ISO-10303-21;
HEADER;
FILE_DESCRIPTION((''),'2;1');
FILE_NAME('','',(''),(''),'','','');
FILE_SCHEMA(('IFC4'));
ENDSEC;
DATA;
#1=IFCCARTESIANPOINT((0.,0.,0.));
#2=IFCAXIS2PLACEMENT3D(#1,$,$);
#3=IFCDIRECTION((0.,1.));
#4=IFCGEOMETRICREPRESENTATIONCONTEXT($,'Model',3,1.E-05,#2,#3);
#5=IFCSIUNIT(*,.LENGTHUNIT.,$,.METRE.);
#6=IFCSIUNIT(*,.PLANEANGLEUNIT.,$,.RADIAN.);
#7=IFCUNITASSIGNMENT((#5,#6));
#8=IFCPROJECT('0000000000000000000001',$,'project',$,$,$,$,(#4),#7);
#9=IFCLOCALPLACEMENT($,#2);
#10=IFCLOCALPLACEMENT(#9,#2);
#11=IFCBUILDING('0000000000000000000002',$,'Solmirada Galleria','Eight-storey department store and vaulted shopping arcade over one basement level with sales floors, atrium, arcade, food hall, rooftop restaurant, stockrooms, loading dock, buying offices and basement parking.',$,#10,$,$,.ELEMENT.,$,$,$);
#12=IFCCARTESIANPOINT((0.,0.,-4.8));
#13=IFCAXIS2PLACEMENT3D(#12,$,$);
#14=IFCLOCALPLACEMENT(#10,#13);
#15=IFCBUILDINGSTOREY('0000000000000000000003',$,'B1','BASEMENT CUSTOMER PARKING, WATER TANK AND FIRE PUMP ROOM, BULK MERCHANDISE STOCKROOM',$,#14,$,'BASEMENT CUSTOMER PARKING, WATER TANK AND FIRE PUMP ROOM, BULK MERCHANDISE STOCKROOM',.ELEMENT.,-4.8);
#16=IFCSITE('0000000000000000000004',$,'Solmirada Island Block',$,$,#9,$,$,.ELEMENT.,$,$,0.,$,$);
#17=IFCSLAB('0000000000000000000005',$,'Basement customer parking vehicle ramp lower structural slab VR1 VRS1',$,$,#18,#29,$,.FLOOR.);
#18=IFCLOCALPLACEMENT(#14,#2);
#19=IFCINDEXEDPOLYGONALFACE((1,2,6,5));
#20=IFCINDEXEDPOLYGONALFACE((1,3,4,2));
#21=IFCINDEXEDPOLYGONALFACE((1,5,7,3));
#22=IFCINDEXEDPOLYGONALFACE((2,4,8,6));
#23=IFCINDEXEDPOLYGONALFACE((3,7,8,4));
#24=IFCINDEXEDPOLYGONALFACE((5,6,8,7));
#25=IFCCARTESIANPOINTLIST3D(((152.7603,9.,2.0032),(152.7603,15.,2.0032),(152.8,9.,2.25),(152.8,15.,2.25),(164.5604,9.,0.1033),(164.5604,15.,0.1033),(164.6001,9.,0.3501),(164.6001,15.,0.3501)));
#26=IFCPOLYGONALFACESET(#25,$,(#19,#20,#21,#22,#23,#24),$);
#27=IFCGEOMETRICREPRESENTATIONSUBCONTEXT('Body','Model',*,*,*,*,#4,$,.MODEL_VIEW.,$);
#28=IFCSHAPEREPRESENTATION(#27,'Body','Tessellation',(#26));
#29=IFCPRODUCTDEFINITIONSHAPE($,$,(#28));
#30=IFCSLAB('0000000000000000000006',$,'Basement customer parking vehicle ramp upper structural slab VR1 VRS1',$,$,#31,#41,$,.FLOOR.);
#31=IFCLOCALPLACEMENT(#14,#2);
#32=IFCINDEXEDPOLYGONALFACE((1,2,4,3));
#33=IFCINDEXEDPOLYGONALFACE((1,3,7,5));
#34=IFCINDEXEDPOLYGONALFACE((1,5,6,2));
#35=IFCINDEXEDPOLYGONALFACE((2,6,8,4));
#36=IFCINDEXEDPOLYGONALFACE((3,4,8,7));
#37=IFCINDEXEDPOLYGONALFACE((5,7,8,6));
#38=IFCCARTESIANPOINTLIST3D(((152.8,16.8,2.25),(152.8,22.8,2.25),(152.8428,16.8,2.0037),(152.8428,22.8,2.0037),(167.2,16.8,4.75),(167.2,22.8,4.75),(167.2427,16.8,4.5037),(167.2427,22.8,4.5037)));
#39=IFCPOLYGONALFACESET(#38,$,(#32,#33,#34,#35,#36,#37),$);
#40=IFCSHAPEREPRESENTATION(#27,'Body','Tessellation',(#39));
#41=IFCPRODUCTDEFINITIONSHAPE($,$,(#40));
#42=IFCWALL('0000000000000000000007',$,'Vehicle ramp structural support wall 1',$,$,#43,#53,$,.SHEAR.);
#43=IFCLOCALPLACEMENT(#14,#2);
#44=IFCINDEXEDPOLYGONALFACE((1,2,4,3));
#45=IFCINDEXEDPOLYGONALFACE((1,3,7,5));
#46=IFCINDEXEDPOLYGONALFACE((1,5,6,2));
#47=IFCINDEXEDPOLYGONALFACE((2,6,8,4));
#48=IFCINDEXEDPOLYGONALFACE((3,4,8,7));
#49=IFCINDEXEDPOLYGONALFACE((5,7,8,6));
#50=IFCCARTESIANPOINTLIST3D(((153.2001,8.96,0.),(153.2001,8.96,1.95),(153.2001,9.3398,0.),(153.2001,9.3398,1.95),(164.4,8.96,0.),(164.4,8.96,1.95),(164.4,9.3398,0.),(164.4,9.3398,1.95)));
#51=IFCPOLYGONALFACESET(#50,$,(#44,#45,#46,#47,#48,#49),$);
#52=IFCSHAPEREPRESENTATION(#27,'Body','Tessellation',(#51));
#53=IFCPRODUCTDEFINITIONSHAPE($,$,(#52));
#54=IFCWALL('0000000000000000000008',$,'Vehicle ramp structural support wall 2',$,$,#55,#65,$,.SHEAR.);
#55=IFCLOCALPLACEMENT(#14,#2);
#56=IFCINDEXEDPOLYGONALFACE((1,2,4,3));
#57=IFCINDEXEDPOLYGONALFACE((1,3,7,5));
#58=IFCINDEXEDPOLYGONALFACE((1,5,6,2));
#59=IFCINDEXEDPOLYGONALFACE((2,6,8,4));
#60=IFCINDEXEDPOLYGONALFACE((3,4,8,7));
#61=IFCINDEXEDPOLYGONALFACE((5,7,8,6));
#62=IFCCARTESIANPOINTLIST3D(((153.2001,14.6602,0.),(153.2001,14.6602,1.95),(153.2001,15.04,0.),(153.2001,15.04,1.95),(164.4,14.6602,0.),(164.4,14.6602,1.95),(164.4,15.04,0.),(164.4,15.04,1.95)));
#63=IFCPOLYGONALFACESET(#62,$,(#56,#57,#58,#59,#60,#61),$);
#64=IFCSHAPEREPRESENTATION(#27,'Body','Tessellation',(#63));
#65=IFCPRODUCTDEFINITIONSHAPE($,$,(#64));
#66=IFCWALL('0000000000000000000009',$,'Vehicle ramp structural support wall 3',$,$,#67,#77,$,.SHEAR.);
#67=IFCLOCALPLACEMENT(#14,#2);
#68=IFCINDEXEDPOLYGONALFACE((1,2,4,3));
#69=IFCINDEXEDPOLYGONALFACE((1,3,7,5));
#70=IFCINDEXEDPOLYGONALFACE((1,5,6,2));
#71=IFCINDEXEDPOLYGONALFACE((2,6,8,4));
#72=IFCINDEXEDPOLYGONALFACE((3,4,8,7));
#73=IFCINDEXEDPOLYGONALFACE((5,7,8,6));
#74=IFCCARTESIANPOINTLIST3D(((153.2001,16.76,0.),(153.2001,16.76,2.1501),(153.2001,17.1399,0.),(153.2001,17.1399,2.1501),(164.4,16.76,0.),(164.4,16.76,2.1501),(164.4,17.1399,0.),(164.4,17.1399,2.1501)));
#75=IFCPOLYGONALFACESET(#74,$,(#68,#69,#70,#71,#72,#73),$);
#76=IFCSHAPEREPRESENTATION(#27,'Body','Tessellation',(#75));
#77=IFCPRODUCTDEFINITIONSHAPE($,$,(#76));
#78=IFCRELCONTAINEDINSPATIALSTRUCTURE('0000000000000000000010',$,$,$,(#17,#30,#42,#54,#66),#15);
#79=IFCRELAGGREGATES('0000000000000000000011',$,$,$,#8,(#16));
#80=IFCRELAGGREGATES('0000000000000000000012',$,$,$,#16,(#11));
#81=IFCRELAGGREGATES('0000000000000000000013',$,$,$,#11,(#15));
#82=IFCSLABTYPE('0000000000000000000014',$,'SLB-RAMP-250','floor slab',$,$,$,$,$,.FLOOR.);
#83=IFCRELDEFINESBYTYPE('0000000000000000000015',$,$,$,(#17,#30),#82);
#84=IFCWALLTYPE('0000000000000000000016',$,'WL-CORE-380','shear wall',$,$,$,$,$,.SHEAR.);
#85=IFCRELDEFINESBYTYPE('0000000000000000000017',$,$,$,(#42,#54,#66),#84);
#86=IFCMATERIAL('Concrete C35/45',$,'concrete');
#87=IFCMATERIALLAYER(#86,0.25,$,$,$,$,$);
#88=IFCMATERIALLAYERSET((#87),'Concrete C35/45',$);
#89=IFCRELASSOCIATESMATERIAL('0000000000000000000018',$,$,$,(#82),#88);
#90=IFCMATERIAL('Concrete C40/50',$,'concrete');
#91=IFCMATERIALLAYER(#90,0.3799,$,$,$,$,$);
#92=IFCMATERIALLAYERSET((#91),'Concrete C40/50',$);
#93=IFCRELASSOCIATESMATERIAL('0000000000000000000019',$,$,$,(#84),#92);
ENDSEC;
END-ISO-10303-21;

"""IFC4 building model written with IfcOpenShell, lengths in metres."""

from ifc_helpers import new_model, si_unit, direction, frame, frame_2d, origin, place, context, subcontext, project, spatial, polyline, rectangle, outline, extrude, material, layer, layer_set, type_object, element, save


model = new_model("IFC4")

# Units and contexts
model_context = context("Model", 3, precision=1e-05, world=origin(), true_north=direction((0.0, 1.0)))
body_context = subcontext(model_context, "Body", "Model", "MODEL_VIEW")
ifc_project = project(units=[si_unit("LENGTHUNIT", "METRE"), si_unit("PLANEANGLEUNIT", "RADIAN")], contexts=[model_context])

# Site, building, storey
site_placement = place(None, origin())
site = spatial("IfcSite", under=ifc_project, at=site_placement, Name="Solmirada Island Block", CompositionType="ELEMENT", RefElevation=0.0)
building_placement = place(site_placement, origin())
building = spatial("IfcBuilding", under=site, at=building_placement, Name="Solmirada Galleria", Description="Eight-storey department store and vaulted shopping arcade over one basement level with sales floors, atrium, arcade, food hall, rooftop restaurant, stockrooms, loading dock, buying offices and basement parking.", CompositionType="ELEMENT")
storey_placement = place(building_placement, frame((0.0, 0.0, -4.8)))
storey = spatial("IfcBuildingStorey", under=building, at=storey_placement, Name="B1", Description="BASEMENT CUSTOMER PARKING, WATER TANK AND FIRE PUMP ROOM, BULK MERCHANDISE STOCKROOM", LongName="BASEMENT CUSTOMER PARKING, WATER TANK AND FIRE PUMP ROOM, BULK MERCHANDISE STOCKROOM", CompositionType="ELEMENT", Elevation=-4.8)

# Shared definitions
ifc_material_1 = material(Name="Concrete C35/45", Category="concrete")

# Shared definitions
ifc_material_2 = material(Name="Concrete C40/50", Category="concrete")

# Slabs
ifc_layer_1 = layer(ifc_material_1, 0.25)
ifc_layer_set_1 = layer_set([ifc_layer_1], Name="Concrete C35/45")
slab_type = type_object("IfcSlabType", Name="SLB-RAMP-250", Description="floor slab", PredefinedType="FLOOR", material=ifc_layer_set_1)
slab_1_placement = place(storey_placement, frame((164.6001, 9.0, 0.3501), z_axis=(0.158961, 0.0, 0.987285), x_axis=(-0.987285, 0.0, 0.158961)))
element("IfcSlab", 1, at=slab_1_placement, inside=storey, type_object=slab_type, Name="Basement customer parking vehicle ramp lower structural slab VR1 VRS1", PredefinedType="FLOOR", context=body_context, shape_type="SweptSolid", body=[
    extrude(outline(polyline([(0.0, 0.0), (11.952, 0.0), (11.952, -6.0), (0.0, -6.0), (0.0, 0.0)])), origin(), (0.0, 0.0, -1.0), 0.25),
])
slab_2_placement = place(storey_placement, frame((152.8, 16.8, 2.25), z_axis=(-0.171054, 0.0, 0.985262), x_axis=(0.985262, 0.0, 0.171054)))
element("IfcSlab", 2, at=slab_2_placement, inside=storey, type_object=slab_type, Name="Basement customer parking vehicle ramp upper structural slab VR1 VRS1", PredefinedType="FLOOR", context=body_context, shape_type="SweptSolid", body=[
    extrude(outline(polyline([(0.0, 0.0), (14.6153, 0.0), (14.6153, 6.0), (0.0, 6.0), (0.0, 0.0)])), origin(), (0.0, 0.0, -1.0), 0.25),
])

# Walls
ifc_layer_2 = layer(ifc_material_2, 0.3799)
ifc_layer_set_2 = layer_set([ifc_layer_2], Name="Concrete C40/50")
wall_type = type_object("IfcWallType", Name="WL-CORE-380", Description="shear wall", PredefinedType="SHEAR", material=ifc_layer_set_2)
for number, where, z_axis, x_axis, name in (
    (3, (153.2, 9.1499, 0.0), (0.0, 0.0, 1.0), (1.0, 0.0, 0.0), "Vehicle ramp structural support wall 1"),
    (4, (153.2, 14.8501, 0.0), (0.0, 0.0, 1.0), (1.0, 0.0, 0.0), "Vehicle ramp structural support wall 2"),
):
    element("IfcWall", number, at=place(storey_placement, frame(where, z_axis=z_axis, x_axis=x_axis)), inside=storey, type_object=wall_type, Name=name, PredefinedType="SHEAR", context=body_context, shape_type="SweptSolid", body=[
        extrude(rectangle(XDim=11.2, YDim=0.3799, at=frame_2d((5.6001, 0.0))), origin(), (0.0, 0.0, 1.0), 1.95),
    ])
wall_placement = place(storey_placement, frame((153.2, 16.95, 0.0), z_axis=(0.0, 0.0, 1.0), x_axis=(1.0, 0.0, 0.0)))
element("IfcWall", 5, at=wall_placement, inside=storey, type_object=wall_type, Name="Vehicle ramp structural support wall 3", PredefinedType="SHEAR", context=body_context, shape_type="SweptSolid", body=[
    extrude(rectangle(XDim=11.2, YDim=0.3799, at=frame_2d((5.6001, 0.0))), origin(), (0.0, 0.0, 1.0), 2.1501),
])

save(model, "model.ifc")
